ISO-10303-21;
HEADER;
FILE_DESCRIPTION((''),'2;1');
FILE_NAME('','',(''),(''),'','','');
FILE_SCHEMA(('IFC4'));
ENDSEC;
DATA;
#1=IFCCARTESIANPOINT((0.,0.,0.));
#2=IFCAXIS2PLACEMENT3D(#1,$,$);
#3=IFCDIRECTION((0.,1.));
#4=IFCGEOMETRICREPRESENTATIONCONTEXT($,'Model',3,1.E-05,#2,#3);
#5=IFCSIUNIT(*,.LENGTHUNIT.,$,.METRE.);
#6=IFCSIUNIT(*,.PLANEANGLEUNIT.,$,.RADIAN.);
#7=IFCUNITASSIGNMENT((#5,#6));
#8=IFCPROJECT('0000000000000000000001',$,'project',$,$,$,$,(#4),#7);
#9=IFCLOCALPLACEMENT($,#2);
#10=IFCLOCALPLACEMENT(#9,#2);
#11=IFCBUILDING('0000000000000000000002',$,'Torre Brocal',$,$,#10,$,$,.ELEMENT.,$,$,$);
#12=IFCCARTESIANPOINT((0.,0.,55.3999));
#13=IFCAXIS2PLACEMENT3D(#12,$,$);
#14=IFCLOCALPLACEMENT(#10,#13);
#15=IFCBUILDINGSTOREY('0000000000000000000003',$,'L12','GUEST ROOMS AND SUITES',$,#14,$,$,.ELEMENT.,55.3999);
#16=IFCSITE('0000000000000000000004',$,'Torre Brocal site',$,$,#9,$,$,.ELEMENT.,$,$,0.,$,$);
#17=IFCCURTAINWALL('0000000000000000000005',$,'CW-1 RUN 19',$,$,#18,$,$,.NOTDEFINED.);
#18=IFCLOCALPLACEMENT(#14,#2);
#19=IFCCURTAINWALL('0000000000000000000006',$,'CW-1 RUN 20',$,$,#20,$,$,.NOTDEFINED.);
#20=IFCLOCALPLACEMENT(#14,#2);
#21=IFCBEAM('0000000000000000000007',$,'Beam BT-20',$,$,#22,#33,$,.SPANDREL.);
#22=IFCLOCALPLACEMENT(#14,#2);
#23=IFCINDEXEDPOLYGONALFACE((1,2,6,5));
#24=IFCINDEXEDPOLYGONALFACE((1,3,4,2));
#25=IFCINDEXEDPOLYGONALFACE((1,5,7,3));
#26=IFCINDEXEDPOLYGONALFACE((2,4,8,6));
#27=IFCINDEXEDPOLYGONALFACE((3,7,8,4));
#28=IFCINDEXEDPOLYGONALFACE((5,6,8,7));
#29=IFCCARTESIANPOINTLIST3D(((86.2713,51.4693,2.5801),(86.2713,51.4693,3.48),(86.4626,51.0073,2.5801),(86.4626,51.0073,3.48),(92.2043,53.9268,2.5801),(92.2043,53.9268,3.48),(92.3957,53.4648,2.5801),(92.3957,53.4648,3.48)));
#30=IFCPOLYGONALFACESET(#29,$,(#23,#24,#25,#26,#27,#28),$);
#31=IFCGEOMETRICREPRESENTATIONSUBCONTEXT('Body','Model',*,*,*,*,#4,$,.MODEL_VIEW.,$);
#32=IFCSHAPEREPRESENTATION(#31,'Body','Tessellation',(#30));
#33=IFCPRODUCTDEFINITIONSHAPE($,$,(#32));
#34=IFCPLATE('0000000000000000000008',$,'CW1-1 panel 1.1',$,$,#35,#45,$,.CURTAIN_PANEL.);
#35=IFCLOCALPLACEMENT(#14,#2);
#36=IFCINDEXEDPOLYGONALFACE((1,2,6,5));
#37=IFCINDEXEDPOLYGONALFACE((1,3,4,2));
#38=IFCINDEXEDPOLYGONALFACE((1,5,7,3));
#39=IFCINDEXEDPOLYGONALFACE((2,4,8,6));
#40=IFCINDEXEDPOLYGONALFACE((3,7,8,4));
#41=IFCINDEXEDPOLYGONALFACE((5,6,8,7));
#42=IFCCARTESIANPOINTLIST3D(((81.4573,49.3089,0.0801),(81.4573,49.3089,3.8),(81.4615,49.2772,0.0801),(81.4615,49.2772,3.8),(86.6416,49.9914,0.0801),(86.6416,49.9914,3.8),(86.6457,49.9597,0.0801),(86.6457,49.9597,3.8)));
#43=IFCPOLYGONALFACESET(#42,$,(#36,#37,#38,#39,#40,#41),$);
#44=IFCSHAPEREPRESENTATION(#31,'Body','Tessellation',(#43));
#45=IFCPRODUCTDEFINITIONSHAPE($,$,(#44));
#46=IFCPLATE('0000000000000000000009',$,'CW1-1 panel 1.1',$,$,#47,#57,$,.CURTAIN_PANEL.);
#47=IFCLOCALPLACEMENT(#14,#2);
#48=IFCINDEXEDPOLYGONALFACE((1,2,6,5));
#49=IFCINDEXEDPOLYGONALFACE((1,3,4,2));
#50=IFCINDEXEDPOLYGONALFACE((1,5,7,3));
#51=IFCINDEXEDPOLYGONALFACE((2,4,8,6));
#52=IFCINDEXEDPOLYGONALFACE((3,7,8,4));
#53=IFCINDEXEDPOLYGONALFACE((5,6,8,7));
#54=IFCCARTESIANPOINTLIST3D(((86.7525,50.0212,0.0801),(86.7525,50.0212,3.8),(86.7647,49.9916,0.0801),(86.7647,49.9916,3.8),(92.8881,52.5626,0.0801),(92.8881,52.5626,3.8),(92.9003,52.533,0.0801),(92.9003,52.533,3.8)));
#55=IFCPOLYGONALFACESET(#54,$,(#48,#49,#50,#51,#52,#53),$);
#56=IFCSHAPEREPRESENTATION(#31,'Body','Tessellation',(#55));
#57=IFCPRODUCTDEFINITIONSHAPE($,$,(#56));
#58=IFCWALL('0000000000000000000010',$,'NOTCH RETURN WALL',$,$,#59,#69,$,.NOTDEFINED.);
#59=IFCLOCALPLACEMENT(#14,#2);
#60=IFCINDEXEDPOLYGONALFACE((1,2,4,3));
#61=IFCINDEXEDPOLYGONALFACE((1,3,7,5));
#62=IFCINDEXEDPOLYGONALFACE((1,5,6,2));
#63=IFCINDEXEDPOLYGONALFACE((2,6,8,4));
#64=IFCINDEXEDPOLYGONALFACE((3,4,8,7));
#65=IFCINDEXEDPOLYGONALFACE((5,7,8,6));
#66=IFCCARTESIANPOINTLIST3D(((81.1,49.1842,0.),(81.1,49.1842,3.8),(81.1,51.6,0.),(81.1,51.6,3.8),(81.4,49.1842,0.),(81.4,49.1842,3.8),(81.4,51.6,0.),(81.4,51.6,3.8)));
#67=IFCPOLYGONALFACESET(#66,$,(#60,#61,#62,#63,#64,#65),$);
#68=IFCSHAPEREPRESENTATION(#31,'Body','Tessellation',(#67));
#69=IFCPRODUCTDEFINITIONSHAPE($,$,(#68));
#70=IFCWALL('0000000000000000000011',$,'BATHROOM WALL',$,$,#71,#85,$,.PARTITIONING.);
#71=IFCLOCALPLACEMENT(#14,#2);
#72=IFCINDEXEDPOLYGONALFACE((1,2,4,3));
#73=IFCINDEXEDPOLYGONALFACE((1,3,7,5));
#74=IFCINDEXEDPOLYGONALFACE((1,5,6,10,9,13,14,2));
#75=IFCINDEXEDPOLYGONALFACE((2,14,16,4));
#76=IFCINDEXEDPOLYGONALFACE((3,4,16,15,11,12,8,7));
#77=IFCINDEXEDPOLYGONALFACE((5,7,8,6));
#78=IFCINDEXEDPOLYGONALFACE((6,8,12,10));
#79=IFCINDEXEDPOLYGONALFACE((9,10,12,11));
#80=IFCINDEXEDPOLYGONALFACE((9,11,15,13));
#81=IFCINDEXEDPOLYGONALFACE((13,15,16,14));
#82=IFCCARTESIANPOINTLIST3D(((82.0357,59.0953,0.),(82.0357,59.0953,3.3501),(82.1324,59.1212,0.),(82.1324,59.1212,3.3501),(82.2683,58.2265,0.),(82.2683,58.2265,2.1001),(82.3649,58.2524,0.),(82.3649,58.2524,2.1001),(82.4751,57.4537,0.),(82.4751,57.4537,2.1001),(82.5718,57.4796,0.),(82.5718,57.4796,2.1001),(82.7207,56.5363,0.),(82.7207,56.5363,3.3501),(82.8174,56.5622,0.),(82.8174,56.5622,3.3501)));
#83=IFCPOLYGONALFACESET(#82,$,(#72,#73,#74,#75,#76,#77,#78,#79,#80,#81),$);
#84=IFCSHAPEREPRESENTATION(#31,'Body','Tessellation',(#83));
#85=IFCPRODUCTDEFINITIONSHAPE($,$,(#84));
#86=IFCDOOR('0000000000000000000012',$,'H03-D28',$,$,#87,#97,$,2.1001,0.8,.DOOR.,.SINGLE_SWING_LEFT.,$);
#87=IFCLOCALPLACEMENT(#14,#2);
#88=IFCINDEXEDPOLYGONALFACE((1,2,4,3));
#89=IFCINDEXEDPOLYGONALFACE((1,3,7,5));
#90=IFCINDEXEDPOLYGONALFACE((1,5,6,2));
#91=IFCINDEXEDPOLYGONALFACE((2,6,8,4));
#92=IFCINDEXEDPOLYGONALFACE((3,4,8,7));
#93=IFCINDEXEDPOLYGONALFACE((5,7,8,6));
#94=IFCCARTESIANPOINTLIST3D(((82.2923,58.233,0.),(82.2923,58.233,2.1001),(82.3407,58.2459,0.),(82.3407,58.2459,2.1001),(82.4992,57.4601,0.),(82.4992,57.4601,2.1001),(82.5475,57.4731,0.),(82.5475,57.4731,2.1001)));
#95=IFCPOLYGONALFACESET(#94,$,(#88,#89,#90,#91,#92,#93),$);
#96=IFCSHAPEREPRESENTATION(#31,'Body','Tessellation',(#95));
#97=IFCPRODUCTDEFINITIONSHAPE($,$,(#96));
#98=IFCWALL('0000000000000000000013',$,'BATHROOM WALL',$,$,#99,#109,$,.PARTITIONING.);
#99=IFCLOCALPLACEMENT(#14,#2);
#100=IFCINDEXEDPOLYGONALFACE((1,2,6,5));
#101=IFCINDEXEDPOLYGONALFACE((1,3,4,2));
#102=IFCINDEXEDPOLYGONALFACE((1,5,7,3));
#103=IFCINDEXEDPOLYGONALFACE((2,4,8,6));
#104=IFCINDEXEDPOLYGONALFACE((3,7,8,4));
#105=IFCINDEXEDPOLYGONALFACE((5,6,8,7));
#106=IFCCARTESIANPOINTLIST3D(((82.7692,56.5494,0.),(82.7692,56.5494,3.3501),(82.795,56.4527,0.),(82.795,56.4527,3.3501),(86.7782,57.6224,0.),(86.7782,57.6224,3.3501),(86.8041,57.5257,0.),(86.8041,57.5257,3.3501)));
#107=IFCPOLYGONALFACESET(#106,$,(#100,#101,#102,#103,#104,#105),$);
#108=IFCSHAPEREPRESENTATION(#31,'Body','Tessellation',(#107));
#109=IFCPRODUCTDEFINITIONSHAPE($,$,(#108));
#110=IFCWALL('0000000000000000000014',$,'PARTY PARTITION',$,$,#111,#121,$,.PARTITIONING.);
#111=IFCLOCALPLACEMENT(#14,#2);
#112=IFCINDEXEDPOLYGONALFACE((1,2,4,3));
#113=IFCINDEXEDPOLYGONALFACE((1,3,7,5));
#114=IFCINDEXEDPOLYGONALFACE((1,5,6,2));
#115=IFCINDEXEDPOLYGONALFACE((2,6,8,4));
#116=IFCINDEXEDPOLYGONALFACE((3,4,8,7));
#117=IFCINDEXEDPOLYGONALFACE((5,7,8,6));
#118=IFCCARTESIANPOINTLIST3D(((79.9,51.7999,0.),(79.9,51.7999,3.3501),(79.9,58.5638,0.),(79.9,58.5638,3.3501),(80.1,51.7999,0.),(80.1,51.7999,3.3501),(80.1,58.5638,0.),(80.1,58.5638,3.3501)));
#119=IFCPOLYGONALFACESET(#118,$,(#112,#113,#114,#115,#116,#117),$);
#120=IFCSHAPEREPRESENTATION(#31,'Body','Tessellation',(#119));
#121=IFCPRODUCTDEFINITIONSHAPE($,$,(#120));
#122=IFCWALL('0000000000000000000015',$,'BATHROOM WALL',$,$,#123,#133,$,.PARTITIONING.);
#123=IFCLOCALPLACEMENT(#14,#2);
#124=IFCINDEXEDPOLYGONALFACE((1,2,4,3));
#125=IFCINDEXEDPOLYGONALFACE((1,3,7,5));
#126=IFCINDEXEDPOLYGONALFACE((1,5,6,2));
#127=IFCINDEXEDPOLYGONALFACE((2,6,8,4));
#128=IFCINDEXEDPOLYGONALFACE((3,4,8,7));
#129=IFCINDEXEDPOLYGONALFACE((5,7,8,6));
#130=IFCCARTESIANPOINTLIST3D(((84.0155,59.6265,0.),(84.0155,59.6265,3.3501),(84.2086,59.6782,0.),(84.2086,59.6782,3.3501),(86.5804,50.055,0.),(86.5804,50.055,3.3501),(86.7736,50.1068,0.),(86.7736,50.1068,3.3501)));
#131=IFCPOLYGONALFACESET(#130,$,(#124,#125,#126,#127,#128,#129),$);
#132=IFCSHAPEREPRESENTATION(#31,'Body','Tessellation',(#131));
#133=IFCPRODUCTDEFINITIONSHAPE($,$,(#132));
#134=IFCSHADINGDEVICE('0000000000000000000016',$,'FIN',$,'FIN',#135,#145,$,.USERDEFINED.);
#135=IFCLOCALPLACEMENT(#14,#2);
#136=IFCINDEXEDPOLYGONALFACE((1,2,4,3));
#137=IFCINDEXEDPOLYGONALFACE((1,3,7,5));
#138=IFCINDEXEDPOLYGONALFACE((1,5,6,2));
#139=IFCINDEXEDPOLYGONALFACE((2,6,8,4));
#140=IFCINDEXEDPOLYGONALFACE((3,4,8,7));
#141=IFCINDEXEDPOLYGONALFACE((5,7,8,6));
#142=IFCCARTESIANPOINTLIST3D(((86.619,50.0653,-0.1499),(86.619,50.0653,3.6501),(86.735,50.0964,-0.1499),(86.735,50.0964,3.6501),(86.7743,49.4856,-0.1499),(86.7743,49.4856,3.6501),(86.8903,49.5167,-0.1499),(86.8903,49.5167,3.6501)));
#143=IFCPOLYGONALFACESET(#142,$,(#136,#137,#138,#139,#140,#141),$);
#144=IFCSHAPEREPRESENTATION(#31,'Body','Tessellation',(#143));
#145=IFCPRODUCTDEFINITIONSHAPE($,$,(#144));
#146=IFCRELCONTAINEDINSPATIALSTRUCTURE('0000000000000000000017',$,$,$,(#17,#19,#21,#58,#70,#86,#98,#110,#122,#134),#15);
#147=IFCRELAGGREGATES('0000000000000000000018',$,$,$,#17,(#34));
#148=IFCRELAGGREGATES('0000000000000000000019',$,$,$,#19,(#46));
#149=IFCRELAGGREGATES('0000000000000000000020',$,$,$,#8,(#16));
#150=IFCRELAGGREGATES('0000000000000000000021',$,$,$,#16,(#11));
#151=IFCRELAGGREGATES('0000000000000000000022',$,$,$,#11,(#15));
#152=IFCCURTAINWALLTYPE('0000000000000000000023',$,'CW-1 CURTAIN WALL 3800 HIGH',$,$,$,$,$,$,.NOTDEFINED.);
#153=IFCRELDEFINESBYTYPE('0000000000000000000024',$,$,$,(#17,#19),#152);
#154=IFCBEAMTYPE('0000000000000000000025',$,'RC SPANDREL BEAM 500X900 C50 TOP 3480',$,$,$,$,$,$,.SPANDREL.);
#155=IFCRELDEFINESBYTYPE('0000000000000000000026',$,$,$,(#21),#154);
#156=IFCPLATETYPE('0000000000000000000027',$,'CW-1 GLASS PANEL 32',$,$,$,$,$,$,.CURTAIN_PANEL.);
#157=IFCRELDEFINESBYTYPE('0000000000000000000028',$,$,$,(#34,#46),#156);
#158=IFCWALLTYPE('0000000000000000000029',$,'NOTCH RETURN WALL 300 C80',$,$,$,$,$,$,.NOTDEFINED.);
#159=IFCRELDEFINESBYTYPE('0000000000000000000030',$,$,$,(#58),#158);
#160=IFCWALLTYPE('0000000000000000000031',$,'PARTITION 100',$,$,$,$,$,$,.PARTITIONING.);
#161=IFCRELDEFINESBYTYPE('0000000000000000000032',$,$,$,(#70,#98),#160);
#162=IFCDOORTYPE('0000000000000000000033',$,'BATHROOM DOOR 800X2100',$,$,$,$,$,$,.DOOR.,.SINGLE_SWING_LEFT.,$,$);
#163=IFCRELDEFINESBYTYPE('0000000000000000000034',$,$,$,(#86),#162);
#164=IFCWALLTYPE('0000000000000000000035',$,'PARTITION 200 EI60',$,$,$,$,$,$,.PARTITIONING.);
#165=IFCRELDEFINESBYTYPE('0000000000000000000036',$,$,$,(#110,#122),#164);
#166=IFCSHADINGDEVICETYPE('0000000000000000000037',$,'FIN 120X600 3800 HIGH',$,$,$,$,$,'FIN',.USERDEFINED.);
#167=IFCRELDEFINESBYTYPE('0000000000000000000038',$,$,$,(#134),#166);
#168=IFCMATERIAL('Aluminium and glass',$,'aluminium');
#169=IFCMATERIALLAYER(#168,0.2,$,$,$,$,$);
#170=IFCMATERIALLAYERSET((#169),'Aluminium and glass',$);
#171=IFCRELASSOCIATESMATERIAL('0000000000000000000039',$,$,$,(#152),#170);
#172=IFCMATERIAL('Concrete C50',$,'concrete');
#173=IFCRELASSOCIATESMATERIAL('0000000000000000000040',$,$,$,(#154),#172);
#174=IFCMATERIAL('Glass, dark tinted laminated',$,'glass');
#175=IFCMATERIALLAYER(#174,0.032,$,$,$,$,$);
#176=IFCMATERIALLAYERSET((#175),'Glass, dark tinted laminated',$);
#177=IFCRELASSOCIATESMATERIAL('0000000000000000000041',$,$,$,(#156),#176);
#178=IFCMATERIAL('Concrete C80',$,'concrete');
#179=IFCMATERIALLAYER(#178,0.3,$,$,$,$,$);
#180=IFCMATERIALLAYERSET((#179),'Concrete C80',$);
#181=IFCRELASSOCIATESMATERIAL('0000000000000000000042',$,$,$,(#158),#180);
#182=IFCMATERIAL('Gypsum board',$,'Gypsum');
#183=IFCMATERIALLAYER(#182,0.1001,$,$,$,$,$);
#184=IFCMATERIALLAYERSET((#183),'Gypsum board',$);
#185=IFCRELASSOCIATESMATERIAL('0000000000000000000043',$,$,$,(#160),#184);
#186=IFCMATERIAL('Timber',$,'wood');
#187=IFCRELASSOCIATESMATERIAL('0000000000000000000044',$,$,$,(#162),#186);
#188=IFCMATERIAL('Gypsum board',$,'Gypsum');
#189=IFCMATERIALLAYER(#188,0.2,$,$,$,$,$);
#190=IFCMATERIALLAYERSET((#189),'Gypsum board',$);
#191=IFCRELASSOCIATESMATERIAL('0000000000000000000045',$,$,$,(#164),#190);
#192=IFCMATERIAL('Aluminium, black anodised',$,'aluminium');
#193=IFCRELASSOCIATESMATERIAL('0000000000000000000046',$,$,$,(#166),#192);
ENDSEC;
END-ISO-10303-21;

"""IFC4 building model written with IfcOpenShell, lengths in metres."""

from ifc_helpers import new_model, si_unit, direction, frame, frame_2d, origin, origin_2d, place, context, subcontext, project, spatial, rectangle, extrude, material, layer, layer_set, material_profile, profile_set, type_object, element, fill, aggregate, save


model = new_model("IFC4")

# Units and contexts
model_context = context("Model", 3, precision=1e-05, world=origin(), true_north=direction((0.0, 1.0)))
body_context = subcontext(model_context, "Body", "Model", "MODEL_VIEW")
ifc_project = project(units=[si_unit("LENGTHUNIT", "METRE"), si_unit("PLANEANGLEUNIT", "RADIAN")], contexts=[model_context])

# Site, building, storey
site_placement = place(None, origin())
site = spatial("IfcSite", under=ifc_project, at=site_placement, Name="Torre Brocal site", CompositionType="ELEMENT", RefElevation=0.0)
building_placement = place(site_placement, origin())
building = spatial("IfcBuilding", under=site, at=building_placement, Name="Torre Brocal", CompositionType="ELEMENT")
storey_placement = place(building_placement, frame((0.0, 0.0, 55.3999)))
storey = spatial("IfcBuildingStorey", under=building, at=storey_placement, Name="L12", Description="GUEST ROOMS AND SUITES", CompositionType="ELEMENT", Elevation=55.3999)

# Curtain wall
ifc_material_1 = material(Name="Aluminium and glass", Category="aluminium")
ifc_layer_1 = layer(ifc_material_1, 0.2)
ifc_layer_set_1 = layer_set([ifc_layer_1], Name="Aluminium and glass")
curtain_wall_type = type_object("IfcCurtainWallType", Name="CW-1 CURTAIN WALL 3800 HIGH", PredefinedType="NOTDEFINED", material=ifc_layer_set_1)
curtain_wall_1_placement = place(storey_placement, origin())
curtain_wall_1 = element("IfcCurtainWall", 1, at=curtain_wall_1_placement, inside=storey, type_object=curtain_wall_type, Name="CW-1 RUN 19", PredefinedType="NOTDEFINED")

# Curtain wall
curtain_wall_2_placement = place(storey_placement, origin())
curtain_wall_2 = element("IfcCurtainWall", 2, at=curtain_wall_2_placement, inside=storey, type_object=curtain_wall_type, Name="CW-1 RUN 20", PredefinedType="NOTDEFINED")

# Beam
ifc_material_2 = material(Name="Concrete C50", Category="concrete")
ifc_material_profile_1 = material_profile(ifc_material_2, rectangle(XDim=0.5, YDim=0.8999, at=origin_2d()), Name="RC 500X900")
ifc_profile_set_1 = profile_set([ifc_material_profile_1], Name="Concrete C50")
beam_type_1 = type_object("IfcBeamType", Name="RC SPANDREL BEAM 500X900 C50 TOP 3480", PredefinedType="SPANDREL", material=ifc_profile_set_1)
beam_1_placement = place(storey_placement, frame((86.3669, 51.2383, 3.03), z_axis=(0.923882, 0.382676, 0.0), x_axis=(-0.382676, 0.923882, 0.0)))
element("IfcBeam", 3, at=beam_1_placement, inside=storey, type_object=beam_type_1, Name="Beam BT-20", PredefinedType="SPANDREL", context=body_context, shape_type="SweptSolid", body=[
    extrude(rectangle(XDim=0.5, YDim=0.8999, at=origin_2d()), origin(), (0.0, 0.0, 1.0), 6.4219),
])

# Plates
ifc_material_3 = material(Name="Glass, dark tinted laminated", Category="glass")
ifc_layer_2 = layer(ifc_material_3, 0.032)
ifc_layer_set_2 = layer_set([ifc_layer_2], Name="Glass, dark tinted laminated")
plate_type = type_object("IfcPlateType", Name="CW-1 GLASS PANEL 32", PredefinedType="CURTAIN_PANEL", material=ifc_layer_set_2)
plate_1_placement = place(storey_placement, frame((84.0515, 49.6343, 0.0801), z_axis=(0.0, 0.0, 1.0), x_axis=(0.991445, 0.130526, 0.0)))
plate_1 = element("IfcPlate", 4, at=plate_1_placement, type_object=plate_type, Name="CW1-1 panel 1.1", PredefinedType="CURTAIN_PANEL", context=body_context, shape_type="SweptSolid", body=[
    extrude(rectangle(XDim=5.229, YDim=0.032, at=origin_2d()), origin(), (0.0, 0.0, 1.0), 3.72),
])
aggregate(curtain_wall_1, [plate_1])
plate_2_placement = place(storey_placement, frame((89.8264, 51.2771, 0.0801), z_axis=(0.0, 0.0, 1.0), x_axis=(0.92388, 0.382683, 0.0)))
plate_2 = element("IfcPlate", 5, at=plate_2_placement, type_object=plate_type, Name="CW1-1 panel 1.1", PredefinedType="CURTAIN_PANEL", context=body_context, shape_type="SweptSolid", body=[
    extrude(rectangle(XDim=6.6411, YDim=0.032, at=origin_2d()), origin(), (0.0, 0.0, 1.0), 3.72),
])
aggregate(curtain_wall_2, [plate_2])

# Wall
ifc_material_4 = material(Name="Concrete C80", Category="concrete")
ifc_layer_3 = layer(ifc_material_4, 0.3)
ifc_layer_set_3 = layer_set([ifc_layer_3], Name="Concrete C80")
wall_type_1 = type_object("IfcWallType", Name="NOTCH RETURN WALL 300 C80", PredefinedType="NOTDEFINED", material=ifc_layer_set_3)
wall_1_placement = place(storey_placement, frame((81.25, 51.6001, 0.0), z_axis=(0.0, 0.0, 1.0), x_axis=(0.0, -1.0, 0.0)))
element("IfcWall", 6, at=wall_1_placement, inside=storey, type_object=wall_type_1, Name="NOTCH RETURN WALL", PredefinedType="NOTDEFINED", context=body_context, shape_type="SweptSolid", body=[
    extrude(rectangle(XDim=2.4158, YDim=0.3, at=frame_2d((1.208, 0.0))), origin(), (0.0, 0.0, 1.0), 3.8),
])

# Wall, opening, door
ifc_material_5 = material(Name="Gypsum board", Category="Gypsum")
ifc_layer_4 = layer(ifc_material_5, 0.1001)
ifc_layer_set_4 = layer_set([ifc_layer_4], Name="Gypsum board")
wall_type_2 = type_object("IfcWallType", Name="PARTITION 100", PredefinedType="PARTITIONING", material=ifc_layer_set_4)
wall_2_placement = place(storey_placement, frame((82.084, 59.1084, 0.0), z_axis=(0.0, 0.0, 1.0), x_axis=(0.258592, -0.965987, 0.0)))
wall_2 = element("IfcWall", 7, at=wall_2_placement, inside=storey, type_object=wall_type_2, Name="BATHROOM WALL", PredefinedType="PARTITIONING", context=body_context, shape_type="SweptSolid", body=[
    extrude(rectangle(XDim=2.6492, YDim=0.1001, at=frame_2d((1.3247, 0.0))), origin(), (0.0, 0.0, 1.0), 3.3501),
])
opening_placement = place(wall_2_placement, frame((0.8997, 0.0, 0.0)))
opening = element("IfcOpeningElement", 8, at=opening_placement, cuts=wall_2, PredefinedType="OPENING", context=body_context, shape_type="SweptSolid", body=[
    extrude(rectangle(XDim=0.8, YDim=2.1001, at=frame_2d((0.3999, 1.05))), frame((0.0, 0.0601, 0.0), z_axis=(0.0, -1.0, 0.0), x_axis=(1.0, 0.0, 0.0)), (0.0, 0.0, 1.0), 0.1201),
])
ifc_material_6 = material(Name="Timber", Category="wood")
door_type = type_object("IfcDoorType", Name="BATHROOM DOOR 800X2100", OperationType="SINGLE_SWING_LEFT", PredefinedType="DOOR", material=ifc_material_6)
door_placement = place(opening_placement, origin())
door = element("IfcDoor", 9, at=door_placement, inside=storey, type_object=door_type, Name="H03-D28", OperationType="SINGLE_SWING_LEFT", OverallHeight=2.1001, OverallWidth=0.8, PredefinedType="DOOR", context=body_context, shape_type="SweptSolid", body=[
    extrude(rectangle(XDim=0.8, YDim=2.1001, at=frame_2d((0.3999, 1.05))), frame((0.0, 0.0249, 0.0), z_axis=(0.0, -1.0, 0.0), x_axis=(1.0, 0.0, 0.0)), (0.0, 0.0, 1.0), 0.05),
])
fill(opening, door)

# Walls
wall_3_placement = place(storey_placement, frame((82.782, 56.501, 0.0), z_axis=(0.0, 0.0, 1.0), x_axis=(0.965999, 0.258545, 0.0)))
element("IfcWall", 10, at=wall_3_placement, inside=storey, type_object=wall_type_2, Name="BATHROOM WALL", PredefinedType="PARTITIONING", context=body_context, shape_type="SweptSolid", body=[
    extrude(rectangle(XDim=4.1501, YDim=0.1001, at=frame_2d((2.0752, 0.0))), origin(), (0.0, 0.0, 1.0), 3.3501),
])
ifc_material_7 = material(Name="Gypsum board", Category="Gypsum")
ifc_layer_5 = layer(ifc_material_7, 0.2)
ifc_layer_set_5 = layer_set([ifc_layer_5], Name="Gypsum board")
wall_type_3 = type_object("IfcWallType", Name="PARTITION 200 EI60", PredefinedType="PARTITIONING", material=ifc_layer_set_5)
wall_4_placement = place(storey_placement, frame((80.0, 51.8, 0.0), z_axis=(0.0, 0.0, 1.0), x_axis=(0.0, 1.0, 0.0)))
element("IfcWall", 11, at=wall_4_placement, inside=storey, type_object=wall_type_3, Name="PARTY PARTITION", PredefinedType="PARTITIONING", context=body_context, shape_type="SweptSolid", body=[
    extrude(rectangle(XDim=6.7639, YDim=0.2, at=frame_2d((3.3818, 0.0))), origin(), (0.0, 0.0, 1.0), 3.3501),
])
wall_5_placement = place(storey_placement, frame((84.1121, 59.6523, 0.0), z_axis=(0.0, 0.0, 1.0), x_axis=(0.258843, -0.965919, 0.0)))
element("IfcWall", 12, at=wall_5_placement, inside=storey, type_object=wall_type_3, Name="BATHROOM WALL", PredefinedType="PARTITIONING", context=body_context, shape_type="SweptSolid", body=[
    extrude(rectangle(XDim=9.9092, YDim=0.2, at=frame_2d((4.9546, 0.0))), origin(), (0.0, 0.0, 1.0), 3.3501),
])

# Shading device
ifc_material_8 = material(Name="Aluminium, black anodised", Category="aluminium")
ifc_material_profile_2 = material_profile(ifc_material_8, rectangle(XDim=0.1201, YDim=0.6001, at=origin_2d()), Name="FIN 120X600 3800 HIGH")
ifc_profile_set_2 = profile_set([ifc_material_profile_2], Name="Aluminium, black anodised")
shading_device_type = type_object("IfcShadingDeviceType", Name="FIN 120X600 3800 HIGH", ElementType="FIN", PredefinedType="USERDEFINED", material=ifc_profile_set_2)
shading_device_placement = place(storey_placement, frame((86.7546, 49.791, -0.1499), z_axis=(0.0, 0.0, 1.0), x_axis=(0.965926, 0.258819, 0.0)))
element("IfcShadingDevice", 13, at=shading_device_placement, inside=storey, type_object=shading_device_type, Name="FIN", ObjectType="FIN", PredefinedType="USERDEFINED", context=body_context, shape_type="SweptSolid", body=[
    extrude(rectangle(XDim=0.1201, YDim=0.6001, at=origin_2d()), origin(), (0.0, 0.0, 1.0), 3.8),
])

save(model, "model.ifc")
